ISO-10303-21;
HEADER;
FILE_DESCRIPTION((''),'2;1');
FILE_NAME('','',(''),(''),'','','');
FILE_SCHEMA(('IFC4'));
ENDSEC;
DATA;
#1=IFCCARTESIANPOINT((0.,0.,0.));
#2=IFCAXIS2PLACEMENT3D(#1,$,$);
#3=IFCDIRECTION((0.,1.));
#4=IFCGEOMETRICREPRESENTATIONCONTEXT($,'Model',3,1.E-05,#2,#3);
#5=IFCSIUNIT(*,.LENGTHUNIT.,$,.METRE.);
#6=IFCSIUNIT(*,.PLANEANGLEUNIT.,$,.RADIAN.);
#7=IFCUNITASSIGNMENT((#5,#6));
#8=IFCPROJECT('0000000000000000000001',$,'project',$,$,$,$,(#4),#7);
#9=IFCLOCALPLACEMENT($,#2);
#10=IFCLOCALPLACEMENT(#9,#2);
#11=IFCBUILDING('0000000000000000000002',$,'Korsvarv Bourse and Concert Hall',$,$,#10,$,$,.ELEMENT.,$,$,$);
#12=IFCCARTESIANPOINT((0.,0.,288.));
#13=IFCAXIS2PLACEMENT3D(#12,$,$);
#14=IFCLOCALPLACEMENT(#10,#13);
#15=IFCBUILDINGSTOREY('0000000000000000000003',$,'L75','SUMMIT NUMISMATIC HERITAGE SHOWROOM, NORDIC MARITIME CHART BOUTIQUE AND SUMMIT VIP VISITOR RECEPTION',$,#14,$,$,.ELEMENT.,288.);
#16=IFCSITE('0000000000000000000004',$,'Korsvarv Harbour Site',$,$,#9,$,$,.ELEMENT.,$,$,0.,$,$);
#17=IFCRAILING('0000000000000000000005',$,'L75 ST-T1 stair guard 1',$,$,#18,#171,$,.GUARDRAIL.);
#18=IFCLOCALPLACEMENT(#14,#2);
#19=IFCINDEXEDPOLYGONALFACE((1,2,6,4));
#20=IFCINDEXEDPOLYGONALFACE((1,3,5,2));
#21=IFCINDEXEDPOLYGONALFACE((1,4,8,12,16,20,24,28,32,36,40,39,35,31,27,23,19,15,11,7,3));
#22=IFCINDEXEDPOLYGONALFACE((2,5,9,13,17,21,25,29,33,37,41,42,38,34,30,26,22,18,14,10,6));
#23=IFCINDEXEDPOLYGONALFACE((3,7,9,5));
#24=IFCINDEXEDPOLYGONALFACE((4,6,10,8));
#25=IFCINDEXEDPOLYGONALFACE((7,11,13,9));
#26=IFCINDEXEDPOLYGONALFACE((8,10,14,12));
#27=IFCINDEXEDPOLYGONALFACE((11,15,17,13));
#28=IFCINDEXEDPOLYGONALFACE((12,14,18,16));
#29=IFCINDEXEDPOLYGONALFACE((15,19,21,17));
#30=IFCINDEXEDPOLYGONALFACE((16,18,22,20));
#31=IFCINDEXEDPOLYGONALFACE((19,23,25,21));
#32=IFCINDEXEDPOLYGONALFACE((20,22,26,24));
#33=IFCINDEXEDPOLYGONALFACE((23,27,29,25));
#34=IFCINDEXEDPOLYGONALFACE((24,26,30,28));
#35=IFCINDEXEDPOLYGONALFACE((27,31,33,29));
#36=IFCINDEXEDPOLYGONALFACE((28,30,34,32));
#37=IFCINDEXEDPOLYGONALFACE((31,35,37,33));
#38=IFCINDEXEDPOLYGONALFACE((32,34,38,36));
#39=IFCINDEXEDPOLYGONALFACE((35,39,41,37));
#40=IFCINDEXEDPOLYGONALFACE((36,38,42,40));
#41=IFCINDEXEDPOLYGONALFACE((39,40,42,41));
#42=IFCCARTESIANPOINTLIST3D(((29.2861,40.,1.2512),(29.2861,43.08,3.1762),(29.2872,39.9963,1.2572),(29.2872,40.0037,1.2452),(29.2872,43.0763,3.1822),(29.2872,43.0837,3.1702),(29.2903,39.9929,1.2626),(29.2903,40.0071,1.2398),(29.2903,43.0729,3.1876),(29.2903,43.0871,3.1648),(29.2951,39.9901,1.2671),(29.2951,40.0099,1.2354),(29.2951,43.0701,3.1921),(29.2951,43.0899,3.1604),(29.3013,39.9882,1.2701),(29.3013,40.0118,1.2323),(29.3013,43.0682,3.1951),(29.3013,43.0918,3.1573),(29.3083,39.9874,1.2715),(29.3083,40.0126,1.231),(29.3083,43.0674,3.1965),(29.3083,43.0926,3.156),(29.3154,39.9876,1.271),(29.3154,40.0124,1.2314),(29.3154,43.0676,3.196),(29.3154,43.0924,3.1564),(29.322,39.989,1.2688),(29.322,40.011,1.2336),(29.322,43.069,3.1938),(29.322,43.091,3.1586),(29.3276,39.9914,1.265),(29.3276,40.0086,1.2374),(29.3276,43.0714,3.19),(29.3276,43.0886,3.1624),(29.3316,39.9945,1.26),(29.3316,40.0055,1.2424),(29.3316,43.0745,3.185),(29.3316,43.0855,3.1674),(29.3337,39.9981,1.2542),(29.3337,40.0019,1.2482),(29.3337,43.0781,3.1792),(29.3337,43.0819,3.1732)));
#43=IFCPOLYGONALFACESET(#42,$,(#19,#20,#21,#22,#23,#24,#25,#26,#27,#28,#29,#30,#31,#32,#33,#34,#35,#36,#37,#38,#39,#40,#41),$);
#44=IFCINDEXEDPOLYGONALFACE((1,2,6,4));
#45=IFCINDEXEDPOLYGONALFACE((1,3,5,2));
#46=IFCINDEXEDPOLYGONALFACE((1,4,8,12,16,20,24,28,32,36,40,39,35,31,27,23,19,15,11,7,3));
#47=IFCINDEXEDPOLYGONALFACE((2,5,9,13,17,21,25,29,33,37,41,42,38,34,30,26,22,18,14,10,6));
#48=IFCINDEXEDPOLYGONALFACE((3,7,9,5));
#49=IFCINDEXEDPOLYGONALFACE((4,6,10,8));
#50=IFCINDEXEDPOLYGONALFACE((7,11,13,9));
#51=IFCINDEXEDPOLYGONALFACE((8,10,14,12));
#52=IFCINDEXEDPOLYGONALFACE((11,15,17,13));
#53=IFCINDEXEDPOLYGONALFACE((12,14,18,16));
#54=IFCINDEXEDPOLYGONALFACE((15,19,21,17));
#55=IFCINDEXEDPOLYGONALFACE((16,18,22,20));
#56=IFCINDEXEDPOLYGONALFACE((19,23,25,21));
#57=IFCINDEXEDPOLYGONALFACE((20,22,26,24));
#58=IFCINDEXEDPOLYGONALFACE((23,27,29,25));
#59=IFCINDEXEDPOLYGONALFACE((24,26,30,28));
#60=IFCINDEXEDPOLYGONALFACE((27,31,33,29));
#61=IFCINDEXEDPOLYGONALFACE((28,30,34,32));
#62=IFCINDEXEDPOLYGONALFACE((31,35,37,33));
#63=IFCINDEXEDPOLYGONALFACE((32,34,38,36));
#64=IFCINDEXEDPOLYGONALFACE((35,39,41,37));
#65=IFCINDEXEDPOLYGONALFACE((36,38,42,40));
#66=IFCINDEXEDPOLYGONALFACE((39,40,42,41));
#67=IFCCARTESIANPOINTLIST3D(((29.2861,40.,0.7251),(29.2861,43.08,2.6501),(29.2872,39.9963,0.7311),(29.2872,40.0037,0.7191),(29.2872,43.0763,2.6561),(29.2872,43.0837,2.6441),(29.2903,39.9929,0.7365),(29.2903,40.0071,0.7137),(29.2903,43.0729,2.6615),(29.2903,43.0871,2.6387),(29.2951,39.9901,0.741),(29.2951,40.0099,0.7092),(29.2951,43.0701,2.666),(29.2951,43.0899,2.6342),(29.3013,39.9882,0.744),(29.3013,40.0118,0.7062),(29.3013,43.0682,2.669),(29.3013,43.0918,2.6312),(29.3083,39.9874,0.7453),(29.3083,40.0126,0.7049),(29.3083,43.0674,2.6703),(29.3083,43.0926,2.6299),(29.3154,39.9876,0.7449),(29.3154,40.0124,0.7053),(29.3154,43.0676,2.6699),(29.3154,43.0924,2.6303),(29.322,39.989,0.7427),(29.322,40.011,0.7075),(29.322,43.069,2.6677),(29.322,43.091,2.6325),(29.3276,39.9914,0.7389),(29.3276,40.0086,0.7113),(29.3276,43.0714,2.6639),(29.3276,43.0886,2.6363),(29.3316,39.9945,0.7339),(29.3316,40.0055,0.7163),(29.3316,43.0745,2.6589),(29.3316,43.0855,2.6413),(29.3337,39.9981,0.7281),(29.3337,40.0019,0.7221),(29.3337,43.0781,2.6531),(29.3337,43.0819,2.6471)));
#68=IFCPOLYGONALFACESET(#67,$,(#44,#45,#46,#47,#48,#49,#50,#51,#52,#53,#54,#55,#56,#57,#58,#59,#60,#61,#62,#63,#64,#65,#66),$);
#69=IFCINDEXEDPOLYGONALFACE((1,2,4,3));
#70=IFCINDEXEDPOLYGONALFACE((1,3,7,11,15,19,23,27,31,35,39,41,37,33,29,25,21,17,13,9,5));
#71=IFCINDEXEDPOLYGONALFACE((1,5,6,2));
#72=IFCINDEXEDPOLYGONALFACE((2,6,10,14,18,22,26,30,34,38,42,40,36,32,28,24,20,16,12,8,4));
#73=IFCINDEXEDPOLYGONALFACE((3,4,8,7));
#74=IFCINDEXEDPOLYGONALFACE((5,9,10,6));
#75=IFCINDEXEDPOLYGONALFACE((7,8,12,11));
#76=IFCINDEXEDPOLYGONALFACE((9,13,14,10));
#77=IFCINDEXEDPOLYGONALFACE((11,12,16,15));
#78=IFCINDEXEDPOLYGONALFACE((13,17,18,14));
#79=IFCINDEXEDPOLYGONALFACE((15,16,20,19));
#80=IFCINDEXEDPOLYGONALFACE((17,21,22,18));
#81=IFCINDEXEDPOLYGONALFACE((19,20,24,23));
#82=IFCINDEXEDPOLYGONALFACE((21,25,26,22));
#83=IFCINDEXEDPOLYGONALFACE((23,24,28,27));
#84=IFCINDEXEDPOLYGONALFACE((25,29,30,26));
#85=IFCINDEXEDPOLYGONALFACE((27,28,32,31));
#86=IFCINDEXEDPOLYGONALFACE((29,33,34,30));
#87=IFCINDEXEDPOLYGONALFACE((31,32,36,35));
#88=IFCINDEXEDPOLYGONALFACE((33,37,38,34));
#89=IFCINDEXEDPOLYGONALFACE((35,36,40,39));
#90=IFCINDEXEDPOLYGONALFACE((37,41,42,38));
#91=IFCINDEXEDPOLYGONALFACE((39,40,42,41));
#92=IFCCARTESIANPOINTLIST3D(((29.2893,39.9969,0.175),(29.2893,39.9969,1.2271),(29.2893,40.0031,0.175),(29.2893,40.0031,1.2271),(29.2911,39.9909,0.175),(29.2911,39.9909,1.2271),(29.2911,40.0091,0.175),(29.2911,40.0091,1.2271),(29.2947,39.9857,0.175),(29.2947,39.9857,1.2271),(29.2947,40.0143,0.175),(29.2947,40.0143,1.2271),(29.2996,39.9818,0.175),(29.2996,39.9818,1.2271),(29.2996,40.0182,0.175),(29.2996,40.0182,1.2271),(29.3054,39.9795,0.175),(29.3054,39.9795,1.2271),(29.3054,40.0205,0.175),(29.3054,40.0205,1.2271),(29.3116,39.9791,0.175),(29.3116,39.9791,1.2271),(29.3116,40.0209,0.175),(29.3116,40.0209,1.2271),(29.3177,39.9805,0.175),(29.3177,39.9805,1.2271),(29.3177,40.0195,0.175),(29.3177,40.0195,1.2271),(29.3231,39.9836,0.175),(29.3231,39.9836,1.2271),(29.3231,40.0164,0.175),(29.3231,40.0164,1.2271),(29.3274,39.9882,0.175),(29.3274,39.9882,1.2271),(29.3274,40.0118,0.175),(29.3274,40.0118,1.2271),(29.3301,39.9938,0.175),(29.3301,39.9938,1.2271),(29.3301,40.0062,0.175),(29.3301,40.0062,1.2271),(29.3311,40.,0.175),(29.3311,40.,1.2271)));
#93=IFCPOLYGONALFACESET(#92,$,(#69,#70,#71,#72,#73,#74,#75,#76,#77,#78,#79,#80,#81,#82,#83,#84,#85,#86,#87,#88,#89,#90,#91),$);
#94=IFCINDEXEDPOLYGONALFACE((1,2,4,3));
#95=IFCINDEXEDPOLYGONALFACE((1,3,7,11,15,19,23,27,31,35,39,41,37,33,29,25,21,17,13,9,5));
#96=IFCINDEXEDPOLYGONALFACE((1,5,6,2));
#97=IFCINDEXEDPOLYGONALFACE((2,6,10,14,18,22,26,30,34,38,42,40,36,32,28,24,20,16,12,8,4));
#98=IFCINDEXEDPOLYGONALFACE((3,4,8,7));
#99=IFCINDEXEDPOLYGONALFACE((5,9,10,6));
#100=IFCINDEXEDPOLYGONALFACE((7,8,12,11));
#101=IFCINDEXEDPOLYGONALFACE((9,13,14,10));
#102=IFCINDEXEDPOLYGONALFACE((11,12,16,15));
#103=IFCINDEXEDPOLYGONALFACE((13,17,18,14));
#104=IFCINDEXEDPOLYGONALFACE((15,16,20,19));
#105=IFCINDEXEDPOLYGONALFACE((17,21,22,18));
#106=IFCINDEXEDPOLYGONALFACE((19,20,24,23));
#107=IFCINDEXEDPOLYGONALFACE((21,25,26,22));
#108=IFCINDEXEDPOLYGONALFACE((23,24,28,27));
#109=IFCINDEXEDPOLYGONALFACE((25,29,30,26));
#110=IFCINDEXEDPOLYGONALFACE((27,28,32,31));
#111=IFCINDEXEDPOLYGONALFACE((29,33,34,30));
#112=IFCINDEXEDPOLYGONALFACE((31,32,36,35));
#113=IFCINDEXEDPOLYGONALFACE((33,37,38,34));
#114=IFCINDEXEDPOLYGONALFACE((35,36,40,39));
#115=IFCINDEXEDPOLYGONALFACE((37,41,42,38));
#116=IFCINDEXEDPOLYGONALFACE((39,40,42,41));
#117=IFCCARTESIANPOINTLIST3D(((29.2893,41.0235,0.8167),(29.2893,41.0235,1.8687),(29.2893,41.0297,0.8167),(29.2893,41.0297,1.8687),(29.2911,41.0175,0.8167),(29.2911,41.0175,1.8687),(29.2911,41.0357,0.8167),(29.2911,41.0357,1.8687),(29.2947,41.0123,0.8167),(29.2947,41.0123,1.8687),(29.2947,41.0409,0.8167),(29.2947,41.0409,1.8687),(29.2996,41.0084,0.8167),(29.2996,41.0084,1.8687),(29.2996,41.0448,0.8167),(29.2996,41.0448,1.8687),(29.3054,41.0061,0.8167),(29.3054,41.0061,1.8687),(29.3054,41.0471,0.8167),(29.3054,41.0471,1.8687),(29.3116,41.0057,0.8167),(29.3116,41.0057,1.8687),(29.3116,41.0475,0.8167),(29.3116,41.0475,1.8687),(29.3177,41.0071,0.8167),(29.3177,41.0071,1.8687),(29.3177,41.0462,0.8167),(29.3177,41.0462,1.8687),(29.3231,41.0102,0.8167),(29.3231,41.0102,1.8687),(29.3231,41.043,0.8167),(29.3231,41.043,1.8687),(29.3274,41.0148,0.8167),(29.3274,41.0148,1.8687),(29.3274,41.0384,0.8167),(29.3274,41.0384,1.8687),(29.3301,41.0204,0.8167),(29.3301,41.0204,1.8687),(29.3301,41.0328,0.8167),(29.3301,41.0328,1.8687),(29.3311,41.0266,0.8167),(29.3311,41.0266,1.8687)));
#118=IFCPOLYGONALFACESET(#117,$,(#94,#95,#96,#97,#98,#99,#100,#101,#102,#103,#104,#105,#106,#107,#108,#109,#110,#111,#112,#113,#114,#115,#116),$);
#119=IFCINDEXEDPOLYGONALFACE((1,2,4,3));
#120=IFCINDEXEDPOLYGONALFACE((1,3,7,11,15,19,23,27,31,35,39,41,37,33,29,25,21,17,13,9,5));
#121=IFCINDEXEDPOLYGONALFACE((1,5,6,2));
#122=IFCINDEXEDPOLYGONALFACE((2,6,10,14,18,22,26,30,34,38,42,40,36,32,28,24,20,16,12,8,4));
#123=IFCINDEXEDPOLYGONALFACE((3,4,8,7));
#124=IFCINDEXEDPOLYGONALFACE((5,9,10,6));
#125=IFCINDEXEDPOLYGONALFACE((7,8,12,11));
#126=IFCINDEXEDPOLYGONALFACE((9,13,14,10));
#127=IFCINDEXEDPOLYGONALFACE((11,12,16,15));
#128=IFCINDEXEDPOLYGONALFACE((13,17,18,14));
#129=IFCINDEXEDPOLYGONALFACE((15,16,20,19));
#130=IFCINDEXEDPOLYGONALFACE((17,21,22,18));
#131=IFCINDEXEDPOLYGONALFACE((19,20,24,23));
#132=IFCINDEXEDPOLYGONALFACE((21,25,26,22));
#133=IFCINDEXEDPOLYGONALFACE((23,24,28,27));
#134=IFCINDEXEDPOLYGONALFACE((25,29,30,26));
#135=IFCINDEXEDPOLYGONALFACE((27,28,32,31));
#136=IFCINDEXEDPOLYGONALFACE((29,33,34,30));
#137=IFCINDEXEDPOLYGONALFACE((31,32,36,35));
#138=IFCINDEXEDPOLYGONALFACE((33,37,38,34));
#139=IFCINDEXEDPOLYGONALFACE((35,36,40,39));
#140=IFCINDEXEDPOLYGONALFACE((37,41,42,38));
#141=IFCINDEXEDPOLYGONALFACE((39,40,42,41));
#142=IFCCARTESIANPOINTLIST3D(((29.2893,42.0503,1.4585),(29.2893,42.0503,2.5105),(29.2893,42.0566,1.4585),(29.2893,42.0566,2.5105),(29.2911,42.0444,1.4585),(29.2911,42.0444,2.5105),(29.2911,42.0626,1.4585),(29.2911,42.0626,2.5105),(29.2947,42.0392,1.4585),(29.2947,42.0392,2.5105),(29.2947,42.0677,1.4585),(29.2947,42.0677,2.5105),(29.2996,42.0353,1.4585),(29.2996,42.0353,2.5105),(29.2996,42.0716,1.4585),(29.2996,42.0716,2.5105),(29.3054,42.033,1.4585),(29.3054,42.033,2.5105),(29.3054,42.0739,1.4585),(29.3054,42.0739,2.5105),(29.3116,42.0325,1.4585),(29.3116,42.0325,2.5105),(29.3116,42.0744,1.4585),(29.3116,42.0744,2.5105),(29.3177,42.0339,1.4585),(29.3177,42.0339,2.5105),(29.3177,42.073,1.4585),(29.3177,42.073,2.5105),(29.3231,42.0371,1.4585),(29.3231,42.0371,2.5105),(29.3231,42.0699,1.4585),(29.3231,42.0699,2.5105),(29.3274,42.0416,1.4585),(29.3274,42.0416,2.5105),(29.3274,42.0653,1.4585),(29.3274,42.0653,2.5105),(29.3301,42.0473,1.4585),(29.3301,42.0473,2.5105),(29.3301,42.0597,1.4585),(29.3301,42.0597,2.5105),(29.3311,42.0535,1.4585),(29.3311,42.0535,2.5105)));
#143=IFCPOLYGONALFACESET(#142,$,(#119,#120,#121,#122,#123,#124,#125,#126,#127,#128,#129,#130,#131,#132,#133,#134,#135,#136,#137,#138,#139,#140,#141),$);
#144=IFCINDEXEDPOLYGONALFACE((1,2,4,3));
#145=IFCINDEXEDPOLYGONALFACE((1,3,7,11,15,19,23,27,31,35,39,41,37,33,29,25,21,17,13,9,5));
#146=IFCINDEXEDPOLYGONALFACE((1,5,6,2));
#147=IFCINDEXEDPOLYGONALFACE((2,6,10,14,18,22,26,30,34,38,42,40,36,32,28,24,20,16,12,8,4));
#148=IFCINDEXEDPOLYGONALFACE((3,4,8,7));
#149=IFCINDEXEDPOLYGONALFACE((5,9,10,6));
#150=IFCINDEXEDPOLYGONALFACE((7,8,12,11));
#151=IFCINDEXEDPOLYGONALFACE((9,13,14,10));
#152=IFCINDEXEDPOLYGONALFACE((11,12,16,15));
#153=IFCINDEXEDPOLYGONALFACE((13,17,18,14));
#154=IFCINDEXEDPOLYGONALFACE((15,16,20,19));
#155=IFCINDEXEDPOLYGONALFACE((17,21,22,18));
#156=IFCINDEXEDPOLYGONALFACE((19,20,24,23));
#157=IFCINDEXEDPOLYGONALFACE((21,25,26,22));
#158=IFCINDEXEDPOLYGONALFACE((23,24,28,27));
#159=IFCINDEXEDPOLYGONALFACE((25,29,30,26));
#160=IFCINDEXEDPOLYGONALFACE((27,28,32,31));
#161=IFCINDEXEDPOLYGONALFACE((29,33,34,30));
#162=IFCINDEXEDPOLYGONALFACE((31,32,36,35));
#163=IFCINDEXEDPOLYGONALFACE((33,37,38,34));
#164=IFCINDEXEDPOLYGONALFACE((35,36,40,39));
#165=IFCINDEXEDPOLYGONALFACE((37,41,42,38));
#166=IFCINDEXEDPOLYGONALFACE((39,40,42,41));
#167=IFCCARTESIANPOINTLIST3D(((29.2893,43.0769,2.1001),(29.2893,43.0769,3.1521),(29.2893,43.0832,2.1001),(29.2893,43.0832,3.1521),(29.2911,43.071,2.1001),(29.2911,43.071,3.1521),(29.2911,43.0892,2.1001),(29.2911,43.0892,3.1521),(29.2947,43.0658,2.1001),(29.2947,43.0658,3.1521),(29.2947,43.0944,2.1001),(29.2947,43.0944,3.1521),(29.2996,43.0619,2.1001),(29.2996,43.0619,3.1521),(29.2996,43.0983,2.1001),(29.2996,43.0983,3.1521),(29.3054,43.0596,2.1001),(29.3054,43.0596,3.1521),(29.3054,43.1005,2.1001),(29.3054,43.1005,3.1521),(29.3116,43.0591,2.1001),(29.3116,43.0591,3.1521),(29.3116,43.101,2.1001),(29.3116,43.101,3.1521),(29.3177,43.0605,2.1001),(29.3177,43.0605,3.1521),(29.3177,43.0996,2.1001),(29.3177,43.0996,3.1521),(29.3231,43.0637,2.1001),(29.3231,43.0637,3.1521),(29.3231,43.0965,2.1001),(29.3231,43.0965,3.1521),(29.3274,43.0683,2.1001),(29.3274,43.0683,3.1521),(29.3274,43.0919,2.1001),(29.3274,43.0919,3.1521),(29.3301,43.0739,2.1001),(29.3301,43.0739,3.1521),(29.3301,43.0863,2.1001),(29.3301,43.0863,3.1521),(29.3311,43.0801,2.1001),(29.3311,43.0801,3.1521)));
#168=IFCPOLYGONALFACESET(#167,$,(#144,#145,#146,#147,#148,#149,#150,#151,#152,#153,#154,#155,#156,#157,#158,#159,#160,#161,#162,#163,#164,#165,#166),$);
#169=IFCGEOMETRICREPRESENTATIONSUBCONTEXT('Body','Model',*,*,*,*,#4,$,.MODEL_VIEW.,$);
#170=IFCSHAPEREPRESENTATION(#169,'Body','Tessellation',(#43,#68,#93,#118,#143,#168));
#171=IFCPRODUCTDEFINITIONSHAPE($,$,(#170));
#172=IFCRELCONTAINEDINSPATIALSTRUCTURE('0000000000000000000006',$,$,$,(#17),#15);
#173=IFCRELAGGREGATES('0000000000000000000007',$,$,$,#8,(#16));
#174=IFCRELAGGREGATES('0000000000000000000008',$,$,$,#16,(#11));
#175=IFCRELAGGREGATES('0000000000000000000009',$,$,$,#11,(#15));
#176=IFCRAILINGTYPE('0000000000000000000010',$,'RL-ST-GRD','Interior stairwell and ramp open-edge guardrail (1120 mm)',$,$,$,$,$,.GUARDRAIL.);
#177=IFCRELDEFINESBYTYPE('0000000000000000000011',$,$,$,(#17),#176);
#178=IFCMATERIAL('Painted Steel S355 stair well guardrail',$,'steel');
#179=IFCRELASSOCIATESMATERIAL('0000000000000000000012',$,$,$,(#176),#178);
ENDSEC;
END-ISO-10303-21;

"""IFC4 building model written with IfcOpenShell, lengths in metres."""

from ifc_helpers import new_model, si_unit, direction, frame, origin, origin_2d, place, context, subcontext, project, spatial, circle, extrude, material, type_object, element, save


model = new_model("IFC4")

# Units and contexts
model_context = context("Model", 3, precision=1e-05, world=origin(), true_north=direction((0.0, 1.0)))
body_context = subcontext(model_context, "Body", "Model", "MODEL_VIEW")
ifc_project = project(units=[si_unit("LENGTHUNIT", "METRE"), si_unit("PLANEANGLEUNIT", "RADIAN")], contexts=[model_context])

# Site, building, storey
site_placement = place(None, origin())
site = spatial("IfcSite", under=ifc_project, at=site_placement, Name="Korsvarv Harbour Site", CompositionType="ELEMENT", RefElevation=0.0)
building_placement = place(site_placement, origin())
building = spatial("IfcBuilding", under=site, at=building_placement, Name="Korsvarv Bourse and Concert Hall", CompositionType="ELEMENT")
storey_placement = place(building_placement, frame((0.0, 0.0, 288.0)))
storey = spatial("IfcBuildingStorey", under=building, at=storey_placement, Name="L75", Description="SUMMIT NUMISMATIC HERITAGE SHOWROOM, NORDIC MARITIME CHART BOUTIQUE AND SUMMIT VIP VISITOR RECEPTION", CompositionType="ELEMENT", Elevation=288.0)

# Railing
ifc_material_1 = material(Name="Painted Steel S355 stair well guardrail", Category="steel")
railing_type_1 = type_object("IfcRailingType", Name="RL-ST-GRD", Description="Interior stairwell and ramp open-edge guardrail (1120 mm)", PredefinedType="GUARDRAIL", material=ifc_material_1)
railing_1_placement = place(storey_placement, frame((29.3101, 40.0, 0.175)))
element("IfcRailing", 1, at=railing_1_placement, inside=storey, type_object=railing_type_1, Name="L75 ST-T1 stair guard 1", PredefinedType="GUARDRAIL", context=body_context, shape_type="SweptSolid", body=[
    extrude(circle(Radius=0.0239, at=origin_2d()), frame((0.0, 0.0, 1.0762), z_axis=(0.0, 0.847998, 0.529999), x_axis=(-1.0, 0.0, 0.0)), (0.0, 0.0, 1.0), 3.6321),
    extrude(circle(Radius=0.0239, at=origin_2d()), frame((0.0, 0.0, 0.55), z_axis=(0.0, 0.847998, 0.529999), x_axis=(-1.0, 0.0, 0.0)), (0.0, 0.0, 1.0), 3.6321),
    extrude(circle(Radius=0.021, at=origin_2d()), origin(), (0.0, 0.0, 1.0), 1.052),
    extrude(circle(Radius=0.021, at=origin_2d()), frame((0.0, 1.0266, 0.6416)), (0.0, 0.0, 1.0), 1.052),
    extrude(circle(Radius=0.021, at=origin_2d()), frame((0.0, 2.0535, 1.2834)), (0.0, 0.0, 1.0), 1.052),
    extrude(circle(Radius=0.021, at=origin_2d()), frame((0.0, 3.0801, 1.925)), (0.0, 0.0, 1.0), 1.052),
])

save(model, "model.ifc")
